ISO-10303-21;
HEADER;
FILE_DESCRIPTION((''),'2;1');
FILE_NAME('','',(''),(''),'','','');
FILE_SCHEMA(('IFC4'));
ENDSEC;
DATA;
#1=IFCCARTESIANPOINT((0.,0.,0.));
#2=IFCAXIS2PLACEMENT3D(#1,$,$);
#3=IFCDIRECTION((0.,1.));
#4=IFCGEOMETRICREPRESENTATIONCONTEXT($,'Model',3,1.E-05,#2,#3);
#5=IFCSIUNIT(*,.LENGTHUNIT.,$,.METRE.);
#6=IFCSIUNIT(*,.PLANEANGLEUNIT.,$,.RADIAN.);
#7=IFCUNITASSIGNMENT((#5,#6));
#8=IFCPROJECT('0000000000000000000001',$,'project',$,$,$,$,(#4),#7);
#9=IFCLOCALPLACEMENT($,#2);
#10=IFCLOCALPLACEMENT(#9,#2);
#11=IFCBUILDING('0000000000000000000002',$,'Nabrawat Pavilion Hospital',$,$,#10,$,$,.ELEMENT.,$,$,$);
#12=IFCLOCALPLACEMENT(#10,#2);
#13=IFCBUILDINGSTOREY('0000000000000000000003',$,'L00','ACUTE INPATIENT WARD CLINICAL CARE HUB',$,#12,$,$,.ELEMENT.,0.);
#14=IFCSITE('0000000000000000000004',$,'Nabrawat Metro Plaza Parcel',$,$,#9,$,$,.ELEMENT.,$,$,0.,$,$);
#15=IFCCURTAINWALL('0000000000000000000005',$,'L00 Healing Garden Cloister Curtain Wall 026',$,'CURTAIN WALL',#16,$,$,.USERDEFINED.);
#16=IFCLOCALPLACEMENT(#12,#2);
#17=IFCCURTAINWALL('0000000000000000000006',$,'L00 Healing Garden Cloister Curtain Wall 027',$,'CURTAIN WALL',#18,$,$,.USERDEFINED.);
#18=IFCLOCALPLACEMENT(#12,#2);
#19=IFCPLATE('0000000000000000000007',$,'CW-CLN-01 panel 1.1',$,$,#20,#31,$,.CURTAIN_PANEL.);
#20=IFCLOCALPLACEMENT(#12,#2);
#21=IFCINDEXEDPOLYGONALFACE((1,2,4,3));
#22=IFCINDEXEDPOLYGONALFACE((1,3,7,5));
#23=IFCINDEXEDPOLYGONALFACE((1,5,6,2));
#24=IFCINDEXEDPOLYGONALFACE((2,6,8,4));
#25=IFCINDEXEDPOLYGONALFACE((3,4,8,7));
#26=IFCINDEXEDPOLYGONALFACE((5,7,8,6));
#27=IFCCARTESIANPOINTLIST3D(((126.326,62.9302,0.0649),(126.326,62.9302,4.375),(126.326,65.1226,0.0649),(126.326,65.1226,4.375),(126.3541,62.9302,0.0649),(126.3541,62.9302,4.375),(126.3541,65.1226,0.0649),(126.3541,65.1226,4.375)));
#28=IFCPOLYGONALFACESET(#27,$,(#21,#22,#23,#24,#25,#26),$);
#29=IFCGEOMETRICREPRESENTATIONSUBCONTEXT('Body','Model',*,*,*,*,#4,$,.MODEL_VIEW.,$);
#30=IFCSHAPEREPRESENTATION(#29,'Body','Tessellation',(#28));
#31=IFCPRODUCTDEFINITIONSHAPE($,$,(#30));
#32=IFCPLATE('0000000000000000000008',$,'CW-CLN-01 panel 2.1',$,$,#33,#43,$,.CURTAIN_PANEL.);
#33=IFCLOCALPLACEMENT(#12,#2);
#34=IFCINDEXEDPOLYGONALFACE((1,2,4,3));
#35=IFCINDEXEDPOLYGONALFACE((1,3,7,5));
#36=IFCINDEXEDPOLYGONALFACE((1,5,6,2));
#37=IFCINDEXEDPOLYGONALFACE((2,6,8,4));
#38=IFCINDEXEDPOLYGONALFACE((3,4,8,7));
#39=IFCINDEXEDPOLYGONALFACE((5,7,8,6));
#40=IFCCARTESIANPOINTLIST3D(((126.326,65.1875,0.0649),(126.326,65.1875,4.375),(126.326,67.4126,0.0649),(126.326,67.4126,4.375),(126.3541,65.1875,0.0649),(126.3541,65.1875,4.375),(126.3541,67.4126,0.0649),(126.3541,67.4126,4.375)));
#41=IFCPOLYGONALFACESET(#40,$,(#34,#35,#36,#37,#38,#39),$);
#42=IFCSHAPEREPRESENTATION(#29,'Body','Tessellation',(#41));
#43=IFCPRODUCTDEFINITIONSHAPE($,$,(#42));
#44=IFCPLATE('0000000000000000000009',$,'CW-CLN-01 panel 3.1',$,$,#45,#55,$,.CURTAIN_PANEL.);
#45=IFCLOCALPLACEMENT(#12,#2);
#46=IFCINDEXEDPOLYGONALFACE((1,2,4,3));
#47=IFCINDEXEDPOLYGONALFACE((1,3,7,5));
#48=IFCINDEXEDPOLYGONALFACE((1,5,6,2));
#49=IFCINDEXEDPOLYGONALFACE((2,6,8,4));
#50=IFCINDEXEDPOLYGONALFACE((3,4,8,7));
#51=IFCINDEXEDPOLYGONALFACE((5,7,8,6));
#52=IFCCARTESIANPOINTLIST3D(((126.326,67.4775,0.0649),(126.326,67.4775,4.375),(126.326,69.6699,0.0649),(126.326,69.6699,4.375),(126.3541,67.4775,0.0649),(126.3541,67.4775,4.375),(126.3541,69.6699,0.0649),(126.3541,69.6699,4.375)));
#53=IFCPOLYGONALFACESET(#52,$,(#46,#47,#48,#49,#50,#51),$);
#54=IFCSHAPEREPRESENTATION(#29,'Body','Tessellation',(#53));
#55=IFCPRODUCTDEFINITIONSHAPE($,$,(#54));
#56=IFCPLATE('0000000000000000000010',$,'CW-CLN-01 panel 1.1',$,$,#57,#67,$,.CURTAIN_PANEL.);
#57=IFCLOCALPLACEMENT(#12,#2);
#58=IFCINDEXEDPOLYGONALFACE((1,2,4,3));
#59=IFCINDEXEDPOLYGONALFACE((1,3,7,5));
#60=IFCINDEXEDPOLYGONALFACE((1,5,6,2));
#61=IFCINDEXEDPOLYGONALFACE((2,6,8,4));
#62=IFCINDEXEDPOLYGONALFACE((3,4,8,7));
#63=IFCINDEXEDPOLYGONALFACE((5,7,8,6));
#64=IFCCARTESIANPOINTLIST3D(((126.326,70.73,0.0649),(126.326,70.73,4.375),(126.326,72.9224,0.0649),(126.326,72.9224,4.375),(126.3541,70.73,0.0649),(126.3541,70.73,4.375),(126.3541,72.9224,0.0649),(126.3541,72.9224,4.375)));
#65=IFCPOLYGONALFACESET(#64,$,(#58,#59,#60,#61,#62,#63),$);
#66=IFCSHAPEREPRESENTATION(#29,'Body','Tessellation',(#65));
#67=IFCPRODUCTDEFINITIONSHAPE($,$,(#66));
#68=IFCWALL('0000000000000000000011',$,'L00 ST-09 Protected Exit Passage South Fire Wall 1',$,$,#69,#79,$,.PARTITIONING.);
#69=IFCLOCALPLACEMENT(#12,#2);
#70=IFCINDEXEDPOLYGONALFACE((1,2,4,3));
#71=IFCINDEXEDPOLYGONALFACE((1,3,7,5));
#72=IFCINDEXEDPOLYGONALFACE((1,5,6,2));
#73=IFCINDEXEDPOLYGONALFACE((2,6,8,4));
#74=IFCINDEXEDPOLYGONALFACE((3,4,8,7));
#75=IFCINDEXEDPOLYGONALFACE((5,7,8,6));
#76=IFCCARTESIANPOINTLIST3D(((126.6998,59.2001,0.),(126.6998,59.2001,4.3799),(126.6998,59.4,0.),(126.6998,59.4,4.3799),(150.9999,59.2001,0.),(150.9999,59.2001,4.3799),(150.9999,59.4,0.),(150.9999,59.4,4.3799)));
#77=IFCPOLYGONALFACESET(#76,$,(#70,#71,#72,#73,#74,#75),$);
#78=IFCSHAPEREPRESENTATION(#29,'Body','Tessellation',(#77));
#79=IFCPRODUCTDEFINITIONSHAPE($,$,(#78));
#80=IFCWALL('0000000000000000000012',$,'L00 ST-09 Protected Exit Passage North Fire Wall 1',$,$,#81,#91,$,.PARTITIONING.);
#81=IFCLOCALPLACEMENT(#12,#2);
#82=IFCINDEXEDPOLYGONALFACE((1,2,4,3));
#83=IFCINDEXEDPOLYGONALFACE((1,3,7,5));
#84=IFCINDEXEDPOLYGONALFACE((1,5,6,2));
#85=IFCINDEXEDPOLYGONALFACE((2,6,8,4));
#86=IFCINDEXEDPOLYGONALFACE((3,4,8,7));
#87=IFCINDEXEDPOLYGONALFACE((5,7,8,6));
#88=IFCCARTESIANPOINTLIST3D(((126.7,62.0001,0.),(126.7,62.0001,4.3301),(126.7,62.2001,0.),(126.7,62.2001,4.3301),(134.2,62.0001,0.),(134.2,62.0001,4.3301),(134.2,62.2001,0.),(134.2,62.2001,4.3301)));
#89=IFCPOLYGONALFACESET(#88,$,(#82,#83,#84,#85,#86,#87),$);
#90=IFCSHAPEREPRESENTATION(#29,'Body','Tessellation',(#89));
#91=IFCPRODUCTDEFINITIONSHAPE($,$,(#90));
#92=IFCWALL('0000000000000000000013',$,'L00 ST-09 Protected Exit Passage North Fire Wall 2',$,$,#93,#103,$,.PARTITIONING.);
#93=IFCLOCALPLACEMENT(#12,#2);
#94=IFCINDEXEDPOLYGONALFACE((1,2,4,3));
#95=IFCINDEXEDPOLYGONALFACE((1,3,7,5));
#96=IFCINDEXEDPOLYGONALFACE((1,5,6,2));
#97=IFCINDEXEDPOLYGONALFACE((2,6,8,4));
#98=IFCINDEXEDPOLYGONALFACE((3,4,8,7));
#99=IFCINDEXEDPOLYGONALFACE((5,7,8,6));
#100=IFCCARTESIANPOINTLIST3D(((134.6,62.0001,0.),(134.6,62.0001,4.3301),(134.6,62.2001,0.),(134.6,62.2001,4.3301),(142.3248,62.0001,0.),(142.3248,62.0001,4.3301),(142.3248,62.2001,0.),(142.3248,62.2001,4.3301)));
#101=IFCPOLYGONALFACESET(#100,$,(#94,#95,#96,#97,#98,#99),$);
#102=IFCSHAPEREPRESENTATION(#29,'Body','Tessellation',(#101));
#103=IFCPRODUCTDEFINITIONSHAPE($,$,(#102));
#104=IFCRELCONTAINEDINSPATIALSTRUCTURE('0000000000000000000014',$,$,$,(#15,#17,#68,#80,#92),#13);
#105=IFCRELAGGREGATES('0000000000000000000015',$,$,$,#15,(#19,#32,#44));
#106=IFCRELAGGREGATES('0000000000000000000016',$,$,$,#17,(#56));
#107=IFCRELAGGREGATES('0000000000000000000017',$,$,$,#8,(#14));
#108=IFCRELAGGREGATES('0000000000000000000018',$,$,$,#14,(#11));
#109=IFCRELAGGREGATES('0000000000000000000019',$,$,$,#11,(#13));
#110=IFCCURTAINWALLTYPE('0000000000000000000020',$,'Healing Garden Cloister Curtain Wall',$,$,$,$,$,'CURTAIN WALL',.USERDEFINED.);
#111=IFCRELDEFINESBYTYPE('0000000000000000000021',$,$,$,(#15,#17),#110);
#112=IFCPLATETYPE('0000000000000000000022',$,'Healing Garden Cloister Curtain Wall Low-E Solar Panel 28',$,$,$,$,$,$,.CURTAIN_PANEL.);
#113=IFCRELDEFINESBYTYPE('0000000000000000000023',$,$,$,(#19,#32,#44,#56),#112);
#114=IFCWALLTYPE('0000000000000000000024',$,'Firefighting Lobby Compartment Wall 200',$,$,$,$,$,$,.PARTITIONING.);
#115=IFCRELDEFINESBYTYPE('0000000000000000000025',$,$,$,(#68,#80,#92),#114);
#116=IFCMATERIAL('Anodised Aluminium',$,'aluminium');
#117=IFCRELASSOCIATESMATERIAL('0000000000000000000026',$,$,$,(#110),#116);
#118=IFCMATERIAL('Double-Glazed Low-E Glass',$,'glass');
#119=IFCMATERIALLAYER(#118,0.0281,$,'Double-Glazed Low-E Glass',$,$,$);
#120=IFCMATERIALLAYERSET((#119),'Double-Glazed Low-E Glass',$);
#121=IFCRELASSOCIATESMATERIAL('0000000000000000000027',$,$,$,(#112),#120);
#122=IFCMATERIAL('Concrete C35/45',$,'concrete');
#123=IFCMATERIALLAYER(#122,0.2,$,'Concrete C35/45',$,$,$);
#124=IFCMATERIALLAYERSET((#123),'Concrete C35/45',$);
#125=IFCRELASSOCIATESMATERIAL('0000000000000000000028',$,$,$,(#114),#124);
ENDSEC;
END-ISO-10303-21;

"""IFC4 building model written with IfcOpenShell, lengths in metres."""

from ifc_helpers import new_model, si_unit, direction, frame, frame_2d, origin, origin_2d, place, context, subcontext, project, spatial, rectangle, extrude, material, layer, layer_set, type_object, element, aggregate, save


model = new_model("IFC4")

# Units and contexts
model_context = context("Model", 3, precision=1e-05, world=origin(), true_north=direction((0.0, 1.0)))
body_context = subcontext(model_context, "Body", "Model", "MODEL_VIEW")
ifc_project = project(units=[si_unit("LENGTHUNIT", "METRE"), si_unit("PLANEANGLEUNIT", "RADIAN")], contexts=[model_context])

# Site, building, storey
site_placement = place(None, origin())
site = spatial("IfcSite", under=ifc_project, at=site_placement, Name="Nabrawat Metro Plaza Parcel", CompositionType="ELEMENT", RefElevation=0.0)
building_placement = place(site_placement, origin())
building = spatial("IfcBuilding", under=site, at=building_placement, Name="Nabrawat Pavilion Hospital", CompositionType="ELEMENT")
storey_placement = place(building_placement, origin())
storey = spatial("IfcBuildingStorey", under=building, at=storey_placement, Name="L00", Description="ACUTE INPATIENT WARD CLINICAL CARE HUB", CompositionType="ELEMENT", Elevation=0.0)

# Curtain wall
ifc_material_1 = material(Name="Anodised Aluminium", Category="aluminium")
curtain_wall_type = type_object("IfcCurtainWallType", Name="Healing Garden Cloister Curtain Wall", ElementType="CURTAIN WALL", PredefinedType="USERDEFINED", material=ifc_material_1)
curtain_wall_1_placement = place(storey_placement, origin())
curtain_wall_1 = element("IfcCurtainWall", 1, at=curtain_wall_1_placement, inside=storey, type_object=curtain_wall_type, Name="L00 Healing Garden Cloister Curtain Wall 026", ObjectType="CURTAIN WALL", PredefinedType="USERDEFINED")

# Curtain wall
curtain_wall_2_placement = place(storey_placement, origin())
curtain_wall_2 = element("IfcCurtainWall", 2, at=curtain_wall_2_placement, inside=storey, type_object=curtain_wall_type, Name="L00 Healing Garden Cloister Curtain Wall 027", ObjectType="CURTAIN WALL", PredefinedType="USERDEFINED")

# Plates
ifc_material_2 = material(Name="Double-Glazed Low-E Glass", Category="glass")
ifc_layer_1 = layer(ifc_material_2, 0.0281, Name="Double-Glazed Low-E Glass")
ifc_layer_set_1 = layer_set([ifc_layer_1], Name="Double-Glazed Low-E Glass")
plate_type = type_object("IfcPlateType", Name="Healing Garden Cloister Curtain Wall Low-E Solar Panel 28", PredefinedType="CURTAIN_PANEL", material=ifc_layer_set_1)
plate_1_placement = place(storey_placement, frame((126.3401, 64.0264, 0.0649), z_axis=(0.0, 0.0, 1.0), x_axis=(0.0, 1.0, 0.0)))
plate_1 = element("IfcPlate", 3, at=plate_1_placement, type_object=plate_type, Name="CW-CLN-01 panel 1.1", PredefinedType="CURTAIN_PANEL", context=body_context, shape_type="SweptSolid", body=[
    extrude(rectangle(XDim=2.1924, YDim=0.0281, at=origin_2d()), origin(), (0.0, 0.0, 1.0), 4.3101),
])
plate_2_placement = place(storey_placement, frame((126.3401, 66.3, 0.0649), z_axis=(0.0, 0.0, 1.0), x_axis=(0.0, 1.0, 0.0)))
plate_2 = element("IfcPlate", 4, at=plate_2_placement, type_object=plate_type, Name="CW-CLN-01 panel 2.1", PredefinedType="CURTAIN_PANEL", context=body_context, shape_type="SweptSolid", body=[
    extrude(rectangle(XDim=2.2251, YDim=0.0281, at=origin_2d()), origin(), (0.0, 0.0, 1.0), 4.3101),
])
plate_3_placement = place(storey_placement, frame((126.3401, 68.5737, 0.0649), z_axis=(0.0, 0.0, 1.0), x_axis=(0.0, 1.0, 0.0)))
plate_3 = element("IfcPlate", 5, at=plate_3_placement, type_object=plate_type, Name="CW-CLN-01 panel 3.1", PredefinedType="CURTAIN_PANEL", context=body_context, shape_type="SweptSolid", body=[
    extrude(rectangle(XDim=2.1924, YDim=0.0281, at=origin_2d()), origin(), (0.0, 0.0, 1.0), 4.3101),
])
aggregate(curtain_wall_1, [plate_1, plate_2, plate_3])
plate_4_placement = place(storey_placement, frame((126.3401, 71.8262, 0.0649), z_axis=(0.0, 0.0, 1.0), x_axis=(0.0, 1.0, 0.0)))
plate_4 = element("IfcPlate", 6, at=plate_4_placement, type_object=plate_type, Name="CW-CLN-01 panel 1.1", PredefinedType="CURTAIN_PANEL", context=body_context, shape_type="SweptSolid", body=[
    extrude(rectangle(XDim=2.1924, YDim=0.0281, at=origin_2d()), origin(), (0.0, 0.0, 1.0), 4.3101),
])
aggregate(curtain_wall_2, [plate_4])

# Walls
ifc_material_3 = material(Name="Concrete C35/45", Category="concrete")
ifc_layer_2 = layer(ifc_material_3, 0.2, Name="Concrete C35/45")
ifc_layer_set_2 = layer_set([ifc_layer_2], Name="Concrete C35/45")
wall_type = type_object("IfcWallType", Name="Firefighting Lobby Compartment Wall 200", PredefinedType="PARTITIONING", material=ifc_layer_set_2)
wall_1_placement = place(storey_placement, frame((126.7, 59.3, 0.0), z_axis=(0.0, 0.0, 1.0), x_axis=(1.0, 0.0, 0.0)))
element("IfcWall", 7, at=wall_1_placement, inside=storey, type_object=wall_type, Name="L00 ST-09 Protected Exit Passage South Fire Wall 1", PredefinedType="PARTITIONING", context=body_context, shape_type="SweptSolid", body=[
    extrude(rectangle(XDim=24.3, YDim=0.2, at=frame_2d((12.1499, 0.0))), origin(), (0.0, 0.0, 1.0), 4.3799),
])
wall_2_placement = place(storey_placement, frame((126.7, 62.1001, 0.0), z_axis=(0.0, 0.0, 1.0), x_axis=(1.0, 0.0, 0.0)))
element("IfcWall", 8, at=wall_2_placement, inside=storey, type_object=wall_type, Name="L00 ST-09 Protected Exit Passage North Fire Wall 1", PredefinedType="PARTITIONING", context=body_context, shape_type="SweptSolid", body=[
    extrude(rectangle(XDim=7.5, YDim=0.2, at=frame_2d((3.75, 0.0))), origin(), (0.0, 0.0, 1.0), 4.3301),
])
wall_3_placement = place(storey_placement, frame((134.6001, 62.1001, 0.0), z_axis=(0.0, 0.0, 1.0), x_axis=(1.0, 0.0, 0.0)))
element("IfcWall", 9, at=wall_3_placement, inside=storey, type_object=wall_type, Name="L00 ST-09 Protected Exit Passage North Fire Wall 2", PredefinedType="PARTITIONING", context=body_context, shape_type="SweptSolid", body=[
    extrude(rectangle(XDim=7.7249, YDim=0.2, at=frame_2d((3.8623, 0.0))), origin(), (0.0, 0.0, 1.0), 4.3301),
])

save(model, "model.ifc")
